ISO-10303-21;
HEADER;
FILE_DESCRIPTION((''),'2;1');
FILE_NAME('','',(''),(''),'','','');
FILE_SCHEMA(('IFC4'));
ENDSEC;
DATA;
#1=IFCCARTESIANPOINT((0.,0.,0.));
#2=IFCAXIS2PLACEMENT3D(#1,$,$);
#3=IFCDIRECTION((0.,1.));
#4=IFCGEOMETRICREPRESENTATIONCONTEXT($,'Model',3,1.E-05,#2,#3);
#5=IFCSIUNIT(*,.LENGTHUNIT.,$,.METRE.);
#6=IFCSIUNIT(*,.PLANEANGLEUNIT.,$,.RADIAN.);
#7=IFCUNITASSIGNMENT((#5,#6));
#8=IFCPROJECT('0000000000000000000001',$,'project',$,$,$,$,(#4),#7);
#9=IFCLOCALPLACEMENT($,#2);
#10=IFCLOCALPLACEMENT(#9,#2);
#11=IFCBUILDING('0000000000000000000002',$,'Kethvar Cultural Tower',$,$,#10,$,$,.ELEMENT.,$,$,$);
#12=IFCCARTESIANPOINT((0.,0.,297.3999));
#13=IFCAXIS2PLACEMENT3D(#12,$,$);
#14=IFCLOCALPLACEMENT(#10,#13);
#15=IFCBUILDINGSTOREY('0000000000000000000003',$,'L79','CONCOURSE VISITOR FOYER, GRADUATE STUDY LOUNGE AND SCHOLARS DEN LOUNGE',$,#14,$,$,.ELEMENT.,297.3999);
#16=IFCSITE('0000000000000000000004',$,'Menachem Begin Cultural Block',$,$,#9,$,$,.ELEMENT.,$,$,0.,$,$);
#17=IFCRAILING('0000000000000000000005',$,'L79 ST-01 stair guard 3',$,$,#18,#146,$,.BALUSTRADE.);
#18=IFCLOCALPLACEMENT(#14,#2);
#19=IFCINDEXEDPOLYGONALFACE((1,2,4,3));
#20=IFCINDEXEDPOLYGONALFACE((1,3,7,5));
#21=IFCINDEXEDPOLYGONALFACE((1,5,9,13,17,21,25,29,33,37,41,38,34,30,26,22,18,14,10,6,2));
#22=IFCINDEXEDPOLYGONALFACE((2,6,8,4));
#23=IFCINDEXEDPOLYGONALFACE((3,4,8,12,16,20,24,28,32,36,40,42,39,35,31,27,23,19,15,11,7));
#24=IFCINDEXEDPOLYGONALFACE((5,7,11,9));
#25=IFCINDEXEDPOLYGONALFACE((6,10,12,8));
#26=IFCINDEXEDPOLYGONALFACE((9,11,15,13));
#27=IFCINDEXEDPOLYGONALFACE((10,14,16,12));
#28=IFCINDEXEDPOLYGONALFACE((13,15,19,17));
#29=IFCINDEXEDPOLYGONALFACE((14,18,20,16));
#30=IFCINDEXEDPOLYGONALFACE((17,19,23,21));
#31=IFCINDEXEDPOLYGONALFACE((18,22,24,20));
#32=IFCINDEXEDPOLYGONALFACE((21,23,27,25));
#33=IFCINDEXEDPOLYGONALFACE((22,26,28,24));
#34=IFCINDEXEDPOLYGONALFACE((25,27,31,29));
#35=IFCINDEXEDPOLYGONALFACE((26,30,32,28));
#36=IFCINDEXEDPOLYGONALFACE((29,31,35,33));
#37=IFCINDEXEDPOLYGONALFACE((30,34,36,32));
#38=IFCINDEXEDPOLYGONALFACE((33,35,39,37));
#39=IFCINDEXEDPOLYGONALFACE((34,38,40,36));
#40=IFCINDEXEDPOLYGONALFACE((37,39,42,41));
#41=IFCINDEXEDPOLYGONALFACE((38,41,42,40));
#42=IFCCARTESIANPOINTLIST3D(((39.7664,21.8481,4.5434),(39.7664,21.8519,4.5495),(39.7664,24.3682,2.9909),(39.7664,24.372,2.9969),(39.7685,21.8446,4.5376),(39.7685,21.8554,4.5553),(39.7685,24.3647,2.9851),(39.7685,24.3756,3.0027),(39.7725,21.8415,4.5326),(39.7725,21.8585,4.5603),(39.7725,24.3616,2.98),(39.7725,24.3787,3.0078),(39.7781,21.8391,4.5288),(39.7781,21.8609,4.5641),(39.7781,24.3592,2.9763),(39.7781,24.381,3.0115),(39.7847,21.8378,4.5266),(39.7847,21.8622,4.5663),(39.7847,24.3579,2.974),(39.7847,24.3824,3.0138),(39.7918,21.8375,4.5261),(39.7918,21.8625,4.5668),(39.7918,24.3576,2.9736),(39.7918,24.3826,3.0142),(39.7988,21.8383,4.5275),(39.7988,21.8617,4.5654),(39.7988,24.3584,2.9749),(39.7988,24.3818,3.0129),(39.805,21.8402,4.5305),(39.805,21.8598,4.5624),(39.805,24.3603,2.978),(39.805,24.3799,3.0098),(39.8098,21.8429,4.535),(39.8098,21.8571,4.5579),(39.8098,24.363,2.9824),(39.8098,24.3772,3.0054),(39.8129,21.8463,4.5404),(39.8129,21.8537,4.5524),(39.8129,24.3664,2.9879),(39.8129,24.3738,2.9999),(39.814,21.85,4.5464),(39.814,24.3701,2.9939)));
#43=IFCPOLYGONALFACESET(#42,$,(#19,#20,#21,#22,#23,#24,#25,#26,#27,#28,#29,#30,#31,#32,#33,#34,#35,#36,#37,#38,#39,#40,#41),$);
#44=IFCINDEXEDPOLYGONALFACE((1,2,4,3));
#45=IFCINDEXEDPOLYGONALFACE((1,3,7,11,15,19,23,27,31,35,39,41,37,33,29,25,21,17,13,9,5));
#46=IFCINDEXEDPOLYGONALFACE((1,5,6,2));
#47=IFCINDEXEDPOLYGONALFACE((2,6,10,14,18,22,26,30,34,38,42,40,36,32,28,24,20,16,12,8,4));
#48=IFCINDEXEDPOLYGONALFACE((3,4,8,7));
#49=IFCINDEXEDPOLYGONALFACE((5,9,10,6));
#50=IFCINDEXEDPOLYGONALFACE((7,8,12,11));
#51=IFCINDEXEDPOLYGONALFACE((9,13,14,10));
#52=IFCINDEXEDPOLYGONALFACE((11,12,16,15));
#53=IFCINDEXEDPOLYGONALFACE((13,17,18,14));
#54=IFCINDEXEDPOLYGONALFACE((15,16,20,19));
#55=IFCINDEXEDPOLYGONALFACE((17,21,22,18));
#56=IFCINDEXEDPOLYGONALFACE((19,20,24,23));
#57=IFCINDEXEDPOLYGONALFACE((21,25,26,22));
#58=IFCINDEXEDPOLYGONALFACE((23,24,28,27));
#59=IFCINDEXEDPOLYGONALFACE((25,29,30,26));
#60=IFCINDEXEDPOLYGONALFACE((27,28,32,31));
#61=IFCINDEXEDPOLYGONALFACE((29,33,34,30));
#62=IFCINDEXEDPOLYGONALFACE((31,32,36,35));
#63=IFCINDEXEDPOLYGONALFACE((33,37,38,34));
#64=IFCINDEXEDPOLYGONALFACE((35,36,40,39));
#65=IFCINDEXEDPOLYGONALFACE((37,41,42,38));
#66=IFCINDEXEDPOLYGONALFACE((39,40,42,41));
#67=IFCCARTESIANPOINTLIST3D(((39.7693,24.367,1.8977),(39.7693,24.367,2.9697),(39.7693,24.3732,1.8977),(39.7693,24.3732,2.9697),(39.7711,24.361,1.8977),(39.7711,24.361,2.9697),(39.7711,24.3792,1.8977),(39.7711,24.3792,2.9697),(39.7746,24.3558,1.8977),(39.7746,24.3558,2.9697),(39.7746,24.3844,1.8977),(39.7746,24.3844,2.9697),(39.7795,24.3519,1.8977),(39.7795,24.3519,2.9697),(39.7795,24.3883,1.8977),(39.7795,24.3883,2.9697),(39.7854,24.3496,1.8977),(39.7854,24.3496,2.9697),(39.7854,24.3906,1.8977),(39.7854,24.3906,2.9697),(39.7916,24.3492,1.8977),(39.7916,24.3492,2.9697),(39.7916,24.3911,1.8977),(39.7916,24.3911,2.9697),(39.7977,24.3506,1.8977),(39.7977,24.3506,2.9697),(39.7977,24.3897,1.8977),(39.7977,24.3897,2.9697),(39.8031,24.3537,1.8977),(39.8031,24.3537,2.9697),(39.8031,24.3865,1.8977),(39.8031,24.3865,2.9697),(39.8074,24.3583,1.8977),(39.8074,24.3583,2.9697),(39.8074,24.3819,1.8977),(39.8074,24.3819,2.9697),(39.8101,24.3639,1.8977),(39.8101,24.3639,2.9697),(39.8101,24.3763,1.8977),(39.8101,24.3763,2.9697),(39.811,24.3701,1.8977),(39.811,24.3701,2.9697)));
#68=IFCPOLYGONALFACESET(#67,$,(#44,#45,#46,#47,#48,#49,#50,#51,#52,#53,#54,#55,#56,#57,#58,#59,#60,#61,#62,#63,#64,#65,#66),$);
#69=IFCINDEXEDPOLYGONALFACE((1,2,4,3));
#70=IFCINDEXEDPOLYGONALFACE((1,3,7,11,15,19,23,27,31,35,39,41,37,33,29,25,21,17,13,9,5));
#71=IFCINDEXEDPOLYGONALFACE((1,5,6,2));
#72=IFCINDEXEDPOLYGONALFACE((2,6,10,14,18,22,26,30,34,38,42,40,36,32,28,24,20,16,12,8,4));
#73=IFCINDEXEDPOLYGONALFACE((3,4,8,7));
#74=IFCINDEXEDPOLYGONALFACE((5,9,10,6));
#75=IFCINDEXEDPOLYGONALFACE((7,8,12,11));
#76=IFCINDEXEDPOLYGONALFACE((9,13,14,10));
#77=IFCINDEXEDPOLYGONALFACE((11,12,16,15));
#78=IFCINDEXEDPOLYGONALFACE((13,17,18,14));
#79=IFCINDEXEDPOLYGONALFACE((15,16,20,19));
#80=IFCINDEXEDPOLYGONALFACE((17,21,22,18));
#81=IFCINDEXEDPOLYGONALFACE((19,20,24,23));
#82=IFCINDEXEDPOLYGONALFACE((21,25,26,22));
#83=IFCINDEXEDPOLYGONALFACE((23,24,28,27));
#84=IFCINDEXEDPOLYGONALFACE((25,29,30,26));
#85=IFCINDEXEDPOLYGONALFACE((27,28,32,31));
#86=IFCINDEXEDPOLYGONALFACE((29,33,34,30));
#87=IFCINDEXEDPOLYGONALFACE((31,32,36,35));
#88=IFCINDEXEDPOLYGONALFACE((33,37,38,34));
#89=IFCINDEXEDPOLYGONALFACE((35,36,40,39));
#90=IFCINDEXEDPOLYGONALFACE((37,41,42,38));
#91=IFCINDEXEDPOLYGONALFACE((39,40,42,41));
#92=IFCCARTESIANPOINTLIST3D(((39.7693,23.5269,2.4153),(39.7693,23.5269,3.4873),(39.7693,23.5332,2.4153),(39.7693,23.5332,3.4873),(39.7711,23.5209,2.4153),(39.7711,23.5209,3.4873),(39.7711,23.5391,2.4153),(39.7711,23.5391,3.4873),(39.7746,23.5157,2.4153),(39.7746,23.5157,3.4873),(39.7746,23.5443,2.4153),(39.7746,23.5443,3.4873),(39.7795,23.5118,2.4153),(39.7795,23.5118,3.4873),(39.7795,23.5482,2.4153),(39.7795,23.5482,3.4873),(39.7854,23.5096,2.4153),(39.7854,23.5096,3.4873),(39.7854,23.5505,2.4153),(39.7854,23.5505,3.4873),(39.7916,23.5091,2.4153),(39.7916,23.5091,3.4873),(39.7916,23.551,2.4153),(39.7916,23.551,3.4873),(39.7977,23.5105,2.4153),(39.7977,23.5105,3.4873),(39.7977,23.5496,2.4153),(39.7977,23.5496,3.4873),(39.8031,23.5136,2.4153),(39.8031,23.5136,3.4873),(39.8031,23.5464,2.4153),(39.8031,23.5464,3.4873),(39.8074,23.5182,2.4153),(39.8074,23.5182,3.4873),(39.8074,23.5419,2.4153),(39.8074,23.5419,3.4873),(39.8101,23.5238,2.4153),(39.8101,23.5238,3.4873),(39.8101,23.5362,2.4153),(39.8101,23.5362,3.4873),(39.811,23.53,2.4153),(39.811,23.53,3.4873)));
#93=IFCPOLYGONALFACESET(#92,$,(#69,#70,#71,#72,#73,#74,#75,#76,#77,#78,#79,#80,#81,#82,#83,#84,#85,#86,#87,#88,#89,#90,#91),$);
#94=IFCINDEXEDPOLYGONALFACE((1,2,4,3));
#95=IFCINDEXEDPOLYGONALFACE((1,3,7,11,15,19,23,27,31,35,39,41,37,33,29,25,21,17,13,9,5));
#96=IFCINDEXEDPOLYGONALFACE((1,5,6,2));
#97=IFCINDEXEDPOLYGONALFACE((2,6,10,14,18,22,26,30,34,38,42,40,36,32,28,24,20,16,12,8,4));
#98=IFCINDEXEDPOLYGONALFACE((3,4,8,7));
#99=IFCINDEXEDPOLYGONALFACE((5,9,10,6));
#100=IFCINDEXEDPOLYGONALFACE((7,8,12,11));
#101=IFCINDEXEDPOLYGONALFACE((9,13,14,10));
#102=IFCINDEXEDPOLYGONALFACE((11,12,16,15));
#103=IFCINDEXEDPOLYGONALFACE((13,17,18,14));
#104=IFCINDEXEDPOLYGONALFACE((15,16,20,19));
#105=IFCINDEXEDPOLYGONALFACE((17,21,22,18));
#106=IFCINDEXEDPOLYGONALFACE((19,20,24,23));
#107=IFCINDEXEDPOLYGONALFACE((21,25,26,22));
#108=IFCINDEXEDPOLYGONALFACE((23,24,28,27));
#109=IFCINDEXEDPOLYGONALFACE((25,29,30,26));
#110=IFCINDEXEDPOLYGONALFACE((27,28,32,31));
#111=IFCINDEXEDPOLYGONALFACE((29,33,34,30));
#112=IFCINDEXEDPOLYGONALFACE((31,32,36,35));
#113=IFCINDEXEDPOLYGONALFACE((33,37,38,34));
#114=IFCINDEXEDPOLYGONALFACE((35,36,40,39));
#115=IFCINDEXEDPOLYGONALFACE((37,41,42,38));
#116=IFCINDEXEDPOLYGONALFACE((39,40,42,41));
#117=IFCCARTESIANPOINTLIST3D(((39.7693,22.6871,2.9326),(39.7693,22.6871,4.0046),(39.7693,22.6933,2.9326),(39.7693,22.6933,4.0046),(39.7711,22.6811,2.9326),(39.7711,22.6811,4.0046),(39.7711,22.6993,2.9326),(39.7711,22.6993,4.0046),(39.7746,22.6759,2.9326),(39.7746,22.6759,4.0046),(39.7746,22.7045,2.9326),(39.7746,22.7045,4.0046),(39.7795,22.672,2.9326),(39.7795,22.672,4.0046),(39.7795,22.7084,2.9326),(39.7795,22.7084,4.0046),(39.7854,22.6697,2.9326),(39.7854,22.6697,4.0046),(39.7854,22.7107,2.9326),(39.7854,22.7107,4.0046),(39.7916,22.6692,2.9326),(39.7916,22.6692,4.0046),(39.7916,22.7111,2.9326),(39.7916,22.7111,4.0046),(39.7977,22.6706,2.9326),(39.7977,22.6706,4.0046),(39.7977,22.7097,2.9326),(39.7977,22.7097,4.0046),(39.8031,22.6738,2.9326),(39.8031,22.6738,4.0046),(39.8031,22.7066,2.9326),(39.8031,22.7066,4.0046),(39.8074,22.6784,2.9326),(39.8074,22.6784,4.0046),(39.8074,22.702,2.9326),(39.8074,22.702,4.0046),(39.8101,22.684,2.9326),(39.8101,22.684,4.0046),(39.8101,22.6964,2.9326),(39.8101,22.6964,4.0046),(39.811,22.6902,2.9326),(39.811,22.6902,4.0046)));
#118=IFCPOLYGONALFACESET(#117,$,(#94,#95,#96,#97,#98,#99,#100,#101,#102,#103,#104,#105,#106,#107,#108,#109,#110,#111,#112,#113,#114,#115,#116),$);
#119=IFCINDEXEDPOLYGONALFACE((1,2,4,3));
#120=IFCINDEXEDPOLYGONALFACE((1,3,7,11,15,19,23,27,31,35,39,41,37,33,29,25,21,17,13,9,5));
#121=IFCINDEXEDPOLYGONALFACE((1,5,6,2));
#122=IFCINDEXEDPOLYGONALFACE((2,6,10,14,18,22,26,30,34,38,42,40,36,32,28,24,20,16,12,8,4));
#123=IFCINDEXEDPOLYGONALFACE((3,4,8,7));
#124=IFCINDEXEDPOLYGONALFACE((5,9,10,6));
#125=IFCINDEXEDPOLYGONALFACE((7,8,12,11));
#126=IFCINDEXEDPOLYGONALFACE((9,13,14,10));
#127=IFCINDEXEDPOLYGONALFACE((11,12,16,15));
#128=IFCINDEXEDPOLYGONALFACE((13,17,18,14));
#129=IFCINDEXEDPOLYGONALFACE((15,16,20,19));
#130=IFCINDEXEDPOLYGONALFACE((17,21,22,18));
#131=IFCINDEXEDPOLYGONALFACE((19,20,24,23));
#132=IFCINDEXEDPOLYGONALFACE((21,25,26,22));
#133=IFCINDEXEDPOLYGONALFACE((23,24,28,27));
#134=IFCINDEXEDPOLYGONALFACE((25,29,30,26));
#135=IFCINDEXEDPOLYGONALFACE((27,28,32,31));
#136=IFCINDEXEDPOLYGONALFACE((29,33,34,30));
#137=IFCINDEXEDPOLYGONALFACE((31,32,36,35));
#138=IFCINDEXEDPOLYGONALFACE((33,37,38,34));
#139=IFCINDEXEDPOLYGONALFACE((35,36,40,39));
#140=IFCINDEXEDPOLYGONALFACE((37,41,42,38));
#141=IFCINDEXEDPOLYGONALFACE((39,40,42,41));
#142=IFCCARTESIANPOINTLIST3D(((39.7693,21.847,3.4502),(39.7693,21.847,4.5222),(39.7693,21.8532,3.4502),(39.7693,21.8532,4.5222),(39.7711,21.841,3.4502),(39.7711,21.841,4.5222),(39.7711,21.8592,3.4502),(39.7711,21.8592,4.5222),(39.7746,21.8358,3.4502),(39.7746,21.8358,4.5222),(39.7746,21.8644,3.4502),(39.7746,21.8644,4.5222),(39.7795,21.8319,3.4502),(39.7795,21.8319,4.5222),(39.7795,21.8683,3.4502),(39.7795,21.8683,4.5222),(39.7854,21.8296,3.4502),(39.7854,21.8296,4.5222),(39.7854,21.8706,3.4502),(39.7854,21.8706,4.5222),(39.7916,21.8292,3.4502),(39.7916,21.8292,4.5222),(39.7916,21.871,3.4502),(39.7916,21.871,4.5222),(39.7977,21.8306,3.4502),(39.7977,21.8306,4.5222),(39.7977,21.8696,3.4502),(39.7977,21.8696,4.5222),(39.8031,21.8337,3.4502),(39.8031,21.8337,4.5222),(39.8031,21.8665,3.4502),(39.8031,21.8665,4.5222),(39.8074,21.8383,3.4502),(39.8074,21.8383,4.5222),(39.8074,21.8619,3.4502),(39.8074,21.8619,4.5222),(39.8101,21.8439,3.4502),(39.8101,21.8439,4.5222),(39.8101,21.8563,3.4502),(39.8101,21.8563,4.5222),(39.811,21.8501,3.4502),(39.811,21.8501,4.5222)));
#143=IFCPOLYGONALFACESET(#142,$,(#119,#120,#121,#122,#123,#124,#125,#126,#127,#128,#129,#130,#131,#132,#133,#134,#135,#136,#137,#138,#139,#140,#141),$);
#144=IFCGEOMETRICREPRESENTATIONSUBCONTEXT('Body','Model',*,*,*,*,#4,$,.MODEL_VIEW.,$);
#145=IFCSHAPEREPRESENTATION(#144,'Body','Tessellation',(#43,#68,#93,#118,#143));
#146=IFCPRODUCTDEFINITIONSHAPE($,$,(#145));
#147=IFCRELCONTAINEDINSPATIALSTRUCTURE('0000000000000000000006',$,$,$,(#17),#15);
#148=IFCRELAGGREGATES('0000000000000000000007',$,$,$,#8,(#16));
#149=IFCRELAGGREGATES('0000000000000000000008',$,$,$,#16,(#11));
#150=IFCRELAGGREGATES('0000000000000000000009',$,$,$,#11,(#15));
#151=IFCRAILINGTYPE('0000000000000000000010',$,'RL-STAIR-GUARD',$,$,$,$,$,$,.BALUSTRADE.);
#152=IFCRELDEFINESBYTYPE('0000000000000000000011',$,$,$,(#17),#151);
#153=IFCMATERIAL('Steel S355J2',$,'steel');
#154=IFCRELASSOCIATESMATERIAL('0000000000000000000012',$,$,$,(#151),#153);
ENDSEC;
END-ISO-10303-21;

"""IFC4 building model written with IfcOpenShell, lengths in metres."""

from ifc_helpers import new_model, si_unit, direction, frame, origin, origin_2d, place, context, subcontext, project, spatial, circle, extrude, material, type_object, element, save


model = new_model("IFC4")

# Units and contexts
model_context = context("Model", 3, precision=1e-05, world=origin(), true_north=direction((0.0, 1.0)))
body_context = subcontext(model_context, "Body", "Model", "MODEL_VIEW")
ifc_project = project(units=[si_unit("LENGTHUNIT", "METRE"), si_unit("PLANEANGLEUNIT", "RADIAN")], contexts=[model_context])

# Site, building, storey
site_placement = place(None, origin())
site = spatial("IfcSite", under=ifc_project, at=site_placement, Name="Menachem Begin Cultural Block", CompositionType="ELEMENT", RefElevation=0.0)
building_placement = place(site_placement, origin())
building = spatial("IfcBuilding", under=site, at=building_placement, Name="Kethvar Cultural Tower", CompositionType="ELEMENT")
storey_placement = place(building_placement, frame((0.0, 0.0, 297.3999)))
storey = spatial("IfcBuildingStorey", under=building, at=storey_placement, Name="L79", Description="CONCOURSE VISITOR FOYER, GRADUATE STUDY LOUNGE AND SCHOLARS DEN LOUNGE", CompositionType="ELEMENT", Elevation=297.3999)

# Shared definitions
ifc_material_1 = material(Name="Steel S355J2", Category="steel")

# Railing
railing_type = type_object("IfcRailingType", Name="RL-STAIR-GUARD", PredefinedType="BALUSTRADE", material=ifc_material_1)
railing_1_placement = place(storey_placement, frame((39.79, 24.3701, 1.8977)))
element("IfcRailing", 1, at=railing_1_placement, inside=storey, type_object=railing_type, Name="L79 ST-01 stair guard 3", PredefinedType="BALUSTRADE", context=body_context, shape_type="SweptSolid", body=[
    extrude(circle(Radius=0.0239, at=origin_2d()), frame((0.0, 0.0, 1.0962), z_axis=(0.0, -0.8514, 0.524516), x_axis=(1.0, 0.0, 0.0)), (0.0, 0.0, 1.0), 2.96),
    extrude(circle(Radius=0.021, at=origin_2d()), origin(), (0.0, 0.0, 1.0), 1.072),
    extrude(circle(Radius=0.021, at=origin_2d()), frame((0.0, -0.8401, 0.5176)), (0.0, 0.0, 1.0), 1.072),
    extrude(circle(Radius=0.021, at=origin_2d()), frame((0.0, -1.6799, 1.0349)), (0.0, 0.0, 1.0), 1.072),
    extrude(circle(Radius=0.021, at=origin_2d()), frame((0.0, -2.52, 1.5525)), (0.0, 0.0, 1.0), 1.072),
])

save(model, "model.ifc")
